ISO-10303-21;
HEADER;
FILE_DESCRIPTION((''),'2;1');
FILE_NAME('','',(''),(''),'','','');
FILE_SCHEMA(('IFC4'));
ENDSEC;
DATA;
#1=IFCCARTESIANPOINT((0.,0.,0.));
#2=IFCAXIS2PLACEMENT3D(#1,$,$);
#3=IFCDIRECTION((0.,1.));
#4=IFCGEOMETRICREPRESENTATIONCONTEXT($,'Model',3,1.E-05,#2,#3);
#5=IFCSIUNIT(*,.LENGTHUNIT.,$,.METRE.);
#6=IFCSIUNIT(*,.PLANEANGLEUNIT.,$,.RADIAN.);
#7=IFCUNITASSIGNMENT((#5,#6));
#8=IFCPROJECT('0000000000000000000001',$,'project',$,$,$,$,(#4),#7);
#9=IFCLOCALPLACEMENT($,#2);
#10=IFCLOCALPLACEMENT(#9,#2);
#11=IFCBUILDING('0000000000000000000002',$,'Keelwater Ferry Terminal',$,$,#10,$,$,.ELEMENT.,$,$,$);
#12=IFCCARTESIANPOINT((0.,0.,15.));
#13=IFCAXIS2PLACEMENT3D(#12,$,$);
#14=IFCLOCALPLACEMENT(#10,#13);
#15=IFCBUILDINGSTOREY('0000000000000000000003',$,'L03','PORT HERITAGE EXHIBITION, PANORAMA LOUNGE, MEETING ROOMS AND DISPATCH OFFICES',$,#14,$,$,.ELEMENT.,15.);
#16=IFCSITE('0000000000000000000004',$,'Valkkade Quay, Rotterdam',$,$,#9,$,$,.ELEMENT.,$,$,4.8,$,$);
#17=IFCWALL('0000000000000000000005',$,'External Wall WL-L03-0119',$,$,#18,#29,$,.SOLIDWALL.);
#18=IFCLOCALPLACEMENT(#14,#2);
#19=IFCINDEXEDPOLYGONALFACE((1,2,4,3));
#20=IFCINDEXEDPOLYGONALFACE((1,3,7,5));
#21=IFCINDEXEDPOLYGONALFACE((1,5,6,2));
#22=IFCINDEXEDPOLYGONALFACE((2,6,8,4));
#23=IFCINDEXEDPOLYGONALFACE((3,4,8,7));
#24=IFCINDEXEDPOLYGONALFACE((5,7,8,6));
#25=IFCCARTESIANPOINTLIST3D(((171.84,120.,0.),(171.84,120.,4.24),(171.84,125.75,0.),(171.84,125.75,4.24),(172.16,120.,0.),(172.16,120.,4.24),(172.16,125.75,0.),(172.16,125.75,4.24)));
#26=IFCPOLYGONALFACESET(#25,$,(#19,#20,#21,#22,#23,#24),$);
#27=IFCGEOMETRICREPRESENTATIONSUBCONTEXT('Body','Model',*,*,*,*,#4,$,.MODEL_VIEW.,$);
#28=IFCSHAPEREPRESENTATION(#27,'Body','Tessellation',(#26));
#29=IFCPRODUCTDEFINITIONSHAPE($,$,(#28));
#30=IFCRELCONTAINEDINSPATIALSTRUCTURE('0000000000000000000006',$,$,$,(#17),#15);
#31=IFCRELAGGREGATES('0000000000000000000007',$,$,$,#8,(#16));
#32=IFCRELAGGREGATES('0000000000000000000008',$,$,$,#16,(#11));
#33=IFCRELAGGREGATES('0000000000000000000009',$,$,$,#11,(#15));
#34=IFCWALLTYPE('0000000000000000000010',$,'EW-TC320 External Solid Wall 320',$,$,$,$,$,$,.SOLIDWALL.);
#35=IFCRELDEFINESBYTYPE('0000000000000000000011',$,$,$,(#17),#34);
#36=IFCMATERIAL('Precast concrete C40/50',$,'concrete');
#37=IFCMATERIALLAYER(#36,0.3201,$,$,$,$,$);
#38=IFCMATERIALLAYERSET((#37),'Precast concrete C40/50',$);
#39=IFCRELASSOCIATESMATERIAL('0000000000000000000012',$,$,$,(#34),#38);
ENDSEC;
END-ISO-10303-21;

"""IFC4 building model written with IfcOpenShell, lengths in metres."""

from ifc_helpers import new_model, si_unit, direction, frame, frame_2d, origin, place, context, subcontext, project, spatial, rectangle, extrude, material, layer, layer_set, type_object, element, save


model = new_model("IFC4")

# Units and contexts
model_context = context("Model", 3, precision=1e-05, world=origin(), true_north=direction((0.0, 1.0)))
body_context = subcontext(model_context, "Body", "Model", "MODEL_VIEW")
ifc_project = project(units=[si_unit("LENGTHUNIT", "METRE"), si_unit("PLANEANGLEUNIT", "RADIAN")], contexts=[model_context])

# Site, building, storey
site_placement = place(None, origin())
site = spatial("IfcSite", under=ifc_project, at=site_placement, Name="Valkkade Quay, Rotterdam", CompositionType="ELEMENT", RefElevation=4.8)
building_placement = place(site_placement, origin())
building = spatial("IfcBuilding", under=site, at=building_placement, Name="Keelwater Ferry Terminal", CompositionType="ELEMENT")
storey_placement = place(building_placement, frame((0.0, 0.0, 15.0)))
storey = spatial("IfcBuildingStorey", under=building, at=storey_placement, Name="L03", Description="PORT HERITAGE EXHIBITION, PANORAMA LOUNGE, MEETING ROOMS AND DISPATCH OFFICES", CompositionType="ELEMENT", Elevation=15.0)

# Shared definitions
ifc_material_1 = material(Name="Precast concrete C40/50", Category="concrete")
ifc_layer_1 = layer(ifc_material_1, 0.3201)
ifc_layer_set_1 = layer_set([ifc_layer_1], Name="Precast concrete C40/50")
wall_type = type_object("IfcWallType", Name="EW-TC320 External Solid Wall 320", PredefinedType="SOLIDWALL", material=ifc_layer_set_1)

# Wall
wall_1_placement = place(storey_placement, frame((172.0, 120.0, 0.0), z_axis=(0.0, 0.0, 1.0), x_axis=(0.0, 1.0, 0.0)))
element("IfcWall", 1, at=wall_1_placement, inside=storey, type_object=wall_type, Name="External Wall WL-L03-0119", PredefinedType="SOLIDWALL", context=body_context, shape_type="SweptSolid", body=[
    extrude(rectangle(XDim=5.75, YDim=0.3201, at=frame_2d((2.875, 0.0))), origin(), (0.0, 0.0, 1.0), 4.24),
])

save(model, "model.ifc")
